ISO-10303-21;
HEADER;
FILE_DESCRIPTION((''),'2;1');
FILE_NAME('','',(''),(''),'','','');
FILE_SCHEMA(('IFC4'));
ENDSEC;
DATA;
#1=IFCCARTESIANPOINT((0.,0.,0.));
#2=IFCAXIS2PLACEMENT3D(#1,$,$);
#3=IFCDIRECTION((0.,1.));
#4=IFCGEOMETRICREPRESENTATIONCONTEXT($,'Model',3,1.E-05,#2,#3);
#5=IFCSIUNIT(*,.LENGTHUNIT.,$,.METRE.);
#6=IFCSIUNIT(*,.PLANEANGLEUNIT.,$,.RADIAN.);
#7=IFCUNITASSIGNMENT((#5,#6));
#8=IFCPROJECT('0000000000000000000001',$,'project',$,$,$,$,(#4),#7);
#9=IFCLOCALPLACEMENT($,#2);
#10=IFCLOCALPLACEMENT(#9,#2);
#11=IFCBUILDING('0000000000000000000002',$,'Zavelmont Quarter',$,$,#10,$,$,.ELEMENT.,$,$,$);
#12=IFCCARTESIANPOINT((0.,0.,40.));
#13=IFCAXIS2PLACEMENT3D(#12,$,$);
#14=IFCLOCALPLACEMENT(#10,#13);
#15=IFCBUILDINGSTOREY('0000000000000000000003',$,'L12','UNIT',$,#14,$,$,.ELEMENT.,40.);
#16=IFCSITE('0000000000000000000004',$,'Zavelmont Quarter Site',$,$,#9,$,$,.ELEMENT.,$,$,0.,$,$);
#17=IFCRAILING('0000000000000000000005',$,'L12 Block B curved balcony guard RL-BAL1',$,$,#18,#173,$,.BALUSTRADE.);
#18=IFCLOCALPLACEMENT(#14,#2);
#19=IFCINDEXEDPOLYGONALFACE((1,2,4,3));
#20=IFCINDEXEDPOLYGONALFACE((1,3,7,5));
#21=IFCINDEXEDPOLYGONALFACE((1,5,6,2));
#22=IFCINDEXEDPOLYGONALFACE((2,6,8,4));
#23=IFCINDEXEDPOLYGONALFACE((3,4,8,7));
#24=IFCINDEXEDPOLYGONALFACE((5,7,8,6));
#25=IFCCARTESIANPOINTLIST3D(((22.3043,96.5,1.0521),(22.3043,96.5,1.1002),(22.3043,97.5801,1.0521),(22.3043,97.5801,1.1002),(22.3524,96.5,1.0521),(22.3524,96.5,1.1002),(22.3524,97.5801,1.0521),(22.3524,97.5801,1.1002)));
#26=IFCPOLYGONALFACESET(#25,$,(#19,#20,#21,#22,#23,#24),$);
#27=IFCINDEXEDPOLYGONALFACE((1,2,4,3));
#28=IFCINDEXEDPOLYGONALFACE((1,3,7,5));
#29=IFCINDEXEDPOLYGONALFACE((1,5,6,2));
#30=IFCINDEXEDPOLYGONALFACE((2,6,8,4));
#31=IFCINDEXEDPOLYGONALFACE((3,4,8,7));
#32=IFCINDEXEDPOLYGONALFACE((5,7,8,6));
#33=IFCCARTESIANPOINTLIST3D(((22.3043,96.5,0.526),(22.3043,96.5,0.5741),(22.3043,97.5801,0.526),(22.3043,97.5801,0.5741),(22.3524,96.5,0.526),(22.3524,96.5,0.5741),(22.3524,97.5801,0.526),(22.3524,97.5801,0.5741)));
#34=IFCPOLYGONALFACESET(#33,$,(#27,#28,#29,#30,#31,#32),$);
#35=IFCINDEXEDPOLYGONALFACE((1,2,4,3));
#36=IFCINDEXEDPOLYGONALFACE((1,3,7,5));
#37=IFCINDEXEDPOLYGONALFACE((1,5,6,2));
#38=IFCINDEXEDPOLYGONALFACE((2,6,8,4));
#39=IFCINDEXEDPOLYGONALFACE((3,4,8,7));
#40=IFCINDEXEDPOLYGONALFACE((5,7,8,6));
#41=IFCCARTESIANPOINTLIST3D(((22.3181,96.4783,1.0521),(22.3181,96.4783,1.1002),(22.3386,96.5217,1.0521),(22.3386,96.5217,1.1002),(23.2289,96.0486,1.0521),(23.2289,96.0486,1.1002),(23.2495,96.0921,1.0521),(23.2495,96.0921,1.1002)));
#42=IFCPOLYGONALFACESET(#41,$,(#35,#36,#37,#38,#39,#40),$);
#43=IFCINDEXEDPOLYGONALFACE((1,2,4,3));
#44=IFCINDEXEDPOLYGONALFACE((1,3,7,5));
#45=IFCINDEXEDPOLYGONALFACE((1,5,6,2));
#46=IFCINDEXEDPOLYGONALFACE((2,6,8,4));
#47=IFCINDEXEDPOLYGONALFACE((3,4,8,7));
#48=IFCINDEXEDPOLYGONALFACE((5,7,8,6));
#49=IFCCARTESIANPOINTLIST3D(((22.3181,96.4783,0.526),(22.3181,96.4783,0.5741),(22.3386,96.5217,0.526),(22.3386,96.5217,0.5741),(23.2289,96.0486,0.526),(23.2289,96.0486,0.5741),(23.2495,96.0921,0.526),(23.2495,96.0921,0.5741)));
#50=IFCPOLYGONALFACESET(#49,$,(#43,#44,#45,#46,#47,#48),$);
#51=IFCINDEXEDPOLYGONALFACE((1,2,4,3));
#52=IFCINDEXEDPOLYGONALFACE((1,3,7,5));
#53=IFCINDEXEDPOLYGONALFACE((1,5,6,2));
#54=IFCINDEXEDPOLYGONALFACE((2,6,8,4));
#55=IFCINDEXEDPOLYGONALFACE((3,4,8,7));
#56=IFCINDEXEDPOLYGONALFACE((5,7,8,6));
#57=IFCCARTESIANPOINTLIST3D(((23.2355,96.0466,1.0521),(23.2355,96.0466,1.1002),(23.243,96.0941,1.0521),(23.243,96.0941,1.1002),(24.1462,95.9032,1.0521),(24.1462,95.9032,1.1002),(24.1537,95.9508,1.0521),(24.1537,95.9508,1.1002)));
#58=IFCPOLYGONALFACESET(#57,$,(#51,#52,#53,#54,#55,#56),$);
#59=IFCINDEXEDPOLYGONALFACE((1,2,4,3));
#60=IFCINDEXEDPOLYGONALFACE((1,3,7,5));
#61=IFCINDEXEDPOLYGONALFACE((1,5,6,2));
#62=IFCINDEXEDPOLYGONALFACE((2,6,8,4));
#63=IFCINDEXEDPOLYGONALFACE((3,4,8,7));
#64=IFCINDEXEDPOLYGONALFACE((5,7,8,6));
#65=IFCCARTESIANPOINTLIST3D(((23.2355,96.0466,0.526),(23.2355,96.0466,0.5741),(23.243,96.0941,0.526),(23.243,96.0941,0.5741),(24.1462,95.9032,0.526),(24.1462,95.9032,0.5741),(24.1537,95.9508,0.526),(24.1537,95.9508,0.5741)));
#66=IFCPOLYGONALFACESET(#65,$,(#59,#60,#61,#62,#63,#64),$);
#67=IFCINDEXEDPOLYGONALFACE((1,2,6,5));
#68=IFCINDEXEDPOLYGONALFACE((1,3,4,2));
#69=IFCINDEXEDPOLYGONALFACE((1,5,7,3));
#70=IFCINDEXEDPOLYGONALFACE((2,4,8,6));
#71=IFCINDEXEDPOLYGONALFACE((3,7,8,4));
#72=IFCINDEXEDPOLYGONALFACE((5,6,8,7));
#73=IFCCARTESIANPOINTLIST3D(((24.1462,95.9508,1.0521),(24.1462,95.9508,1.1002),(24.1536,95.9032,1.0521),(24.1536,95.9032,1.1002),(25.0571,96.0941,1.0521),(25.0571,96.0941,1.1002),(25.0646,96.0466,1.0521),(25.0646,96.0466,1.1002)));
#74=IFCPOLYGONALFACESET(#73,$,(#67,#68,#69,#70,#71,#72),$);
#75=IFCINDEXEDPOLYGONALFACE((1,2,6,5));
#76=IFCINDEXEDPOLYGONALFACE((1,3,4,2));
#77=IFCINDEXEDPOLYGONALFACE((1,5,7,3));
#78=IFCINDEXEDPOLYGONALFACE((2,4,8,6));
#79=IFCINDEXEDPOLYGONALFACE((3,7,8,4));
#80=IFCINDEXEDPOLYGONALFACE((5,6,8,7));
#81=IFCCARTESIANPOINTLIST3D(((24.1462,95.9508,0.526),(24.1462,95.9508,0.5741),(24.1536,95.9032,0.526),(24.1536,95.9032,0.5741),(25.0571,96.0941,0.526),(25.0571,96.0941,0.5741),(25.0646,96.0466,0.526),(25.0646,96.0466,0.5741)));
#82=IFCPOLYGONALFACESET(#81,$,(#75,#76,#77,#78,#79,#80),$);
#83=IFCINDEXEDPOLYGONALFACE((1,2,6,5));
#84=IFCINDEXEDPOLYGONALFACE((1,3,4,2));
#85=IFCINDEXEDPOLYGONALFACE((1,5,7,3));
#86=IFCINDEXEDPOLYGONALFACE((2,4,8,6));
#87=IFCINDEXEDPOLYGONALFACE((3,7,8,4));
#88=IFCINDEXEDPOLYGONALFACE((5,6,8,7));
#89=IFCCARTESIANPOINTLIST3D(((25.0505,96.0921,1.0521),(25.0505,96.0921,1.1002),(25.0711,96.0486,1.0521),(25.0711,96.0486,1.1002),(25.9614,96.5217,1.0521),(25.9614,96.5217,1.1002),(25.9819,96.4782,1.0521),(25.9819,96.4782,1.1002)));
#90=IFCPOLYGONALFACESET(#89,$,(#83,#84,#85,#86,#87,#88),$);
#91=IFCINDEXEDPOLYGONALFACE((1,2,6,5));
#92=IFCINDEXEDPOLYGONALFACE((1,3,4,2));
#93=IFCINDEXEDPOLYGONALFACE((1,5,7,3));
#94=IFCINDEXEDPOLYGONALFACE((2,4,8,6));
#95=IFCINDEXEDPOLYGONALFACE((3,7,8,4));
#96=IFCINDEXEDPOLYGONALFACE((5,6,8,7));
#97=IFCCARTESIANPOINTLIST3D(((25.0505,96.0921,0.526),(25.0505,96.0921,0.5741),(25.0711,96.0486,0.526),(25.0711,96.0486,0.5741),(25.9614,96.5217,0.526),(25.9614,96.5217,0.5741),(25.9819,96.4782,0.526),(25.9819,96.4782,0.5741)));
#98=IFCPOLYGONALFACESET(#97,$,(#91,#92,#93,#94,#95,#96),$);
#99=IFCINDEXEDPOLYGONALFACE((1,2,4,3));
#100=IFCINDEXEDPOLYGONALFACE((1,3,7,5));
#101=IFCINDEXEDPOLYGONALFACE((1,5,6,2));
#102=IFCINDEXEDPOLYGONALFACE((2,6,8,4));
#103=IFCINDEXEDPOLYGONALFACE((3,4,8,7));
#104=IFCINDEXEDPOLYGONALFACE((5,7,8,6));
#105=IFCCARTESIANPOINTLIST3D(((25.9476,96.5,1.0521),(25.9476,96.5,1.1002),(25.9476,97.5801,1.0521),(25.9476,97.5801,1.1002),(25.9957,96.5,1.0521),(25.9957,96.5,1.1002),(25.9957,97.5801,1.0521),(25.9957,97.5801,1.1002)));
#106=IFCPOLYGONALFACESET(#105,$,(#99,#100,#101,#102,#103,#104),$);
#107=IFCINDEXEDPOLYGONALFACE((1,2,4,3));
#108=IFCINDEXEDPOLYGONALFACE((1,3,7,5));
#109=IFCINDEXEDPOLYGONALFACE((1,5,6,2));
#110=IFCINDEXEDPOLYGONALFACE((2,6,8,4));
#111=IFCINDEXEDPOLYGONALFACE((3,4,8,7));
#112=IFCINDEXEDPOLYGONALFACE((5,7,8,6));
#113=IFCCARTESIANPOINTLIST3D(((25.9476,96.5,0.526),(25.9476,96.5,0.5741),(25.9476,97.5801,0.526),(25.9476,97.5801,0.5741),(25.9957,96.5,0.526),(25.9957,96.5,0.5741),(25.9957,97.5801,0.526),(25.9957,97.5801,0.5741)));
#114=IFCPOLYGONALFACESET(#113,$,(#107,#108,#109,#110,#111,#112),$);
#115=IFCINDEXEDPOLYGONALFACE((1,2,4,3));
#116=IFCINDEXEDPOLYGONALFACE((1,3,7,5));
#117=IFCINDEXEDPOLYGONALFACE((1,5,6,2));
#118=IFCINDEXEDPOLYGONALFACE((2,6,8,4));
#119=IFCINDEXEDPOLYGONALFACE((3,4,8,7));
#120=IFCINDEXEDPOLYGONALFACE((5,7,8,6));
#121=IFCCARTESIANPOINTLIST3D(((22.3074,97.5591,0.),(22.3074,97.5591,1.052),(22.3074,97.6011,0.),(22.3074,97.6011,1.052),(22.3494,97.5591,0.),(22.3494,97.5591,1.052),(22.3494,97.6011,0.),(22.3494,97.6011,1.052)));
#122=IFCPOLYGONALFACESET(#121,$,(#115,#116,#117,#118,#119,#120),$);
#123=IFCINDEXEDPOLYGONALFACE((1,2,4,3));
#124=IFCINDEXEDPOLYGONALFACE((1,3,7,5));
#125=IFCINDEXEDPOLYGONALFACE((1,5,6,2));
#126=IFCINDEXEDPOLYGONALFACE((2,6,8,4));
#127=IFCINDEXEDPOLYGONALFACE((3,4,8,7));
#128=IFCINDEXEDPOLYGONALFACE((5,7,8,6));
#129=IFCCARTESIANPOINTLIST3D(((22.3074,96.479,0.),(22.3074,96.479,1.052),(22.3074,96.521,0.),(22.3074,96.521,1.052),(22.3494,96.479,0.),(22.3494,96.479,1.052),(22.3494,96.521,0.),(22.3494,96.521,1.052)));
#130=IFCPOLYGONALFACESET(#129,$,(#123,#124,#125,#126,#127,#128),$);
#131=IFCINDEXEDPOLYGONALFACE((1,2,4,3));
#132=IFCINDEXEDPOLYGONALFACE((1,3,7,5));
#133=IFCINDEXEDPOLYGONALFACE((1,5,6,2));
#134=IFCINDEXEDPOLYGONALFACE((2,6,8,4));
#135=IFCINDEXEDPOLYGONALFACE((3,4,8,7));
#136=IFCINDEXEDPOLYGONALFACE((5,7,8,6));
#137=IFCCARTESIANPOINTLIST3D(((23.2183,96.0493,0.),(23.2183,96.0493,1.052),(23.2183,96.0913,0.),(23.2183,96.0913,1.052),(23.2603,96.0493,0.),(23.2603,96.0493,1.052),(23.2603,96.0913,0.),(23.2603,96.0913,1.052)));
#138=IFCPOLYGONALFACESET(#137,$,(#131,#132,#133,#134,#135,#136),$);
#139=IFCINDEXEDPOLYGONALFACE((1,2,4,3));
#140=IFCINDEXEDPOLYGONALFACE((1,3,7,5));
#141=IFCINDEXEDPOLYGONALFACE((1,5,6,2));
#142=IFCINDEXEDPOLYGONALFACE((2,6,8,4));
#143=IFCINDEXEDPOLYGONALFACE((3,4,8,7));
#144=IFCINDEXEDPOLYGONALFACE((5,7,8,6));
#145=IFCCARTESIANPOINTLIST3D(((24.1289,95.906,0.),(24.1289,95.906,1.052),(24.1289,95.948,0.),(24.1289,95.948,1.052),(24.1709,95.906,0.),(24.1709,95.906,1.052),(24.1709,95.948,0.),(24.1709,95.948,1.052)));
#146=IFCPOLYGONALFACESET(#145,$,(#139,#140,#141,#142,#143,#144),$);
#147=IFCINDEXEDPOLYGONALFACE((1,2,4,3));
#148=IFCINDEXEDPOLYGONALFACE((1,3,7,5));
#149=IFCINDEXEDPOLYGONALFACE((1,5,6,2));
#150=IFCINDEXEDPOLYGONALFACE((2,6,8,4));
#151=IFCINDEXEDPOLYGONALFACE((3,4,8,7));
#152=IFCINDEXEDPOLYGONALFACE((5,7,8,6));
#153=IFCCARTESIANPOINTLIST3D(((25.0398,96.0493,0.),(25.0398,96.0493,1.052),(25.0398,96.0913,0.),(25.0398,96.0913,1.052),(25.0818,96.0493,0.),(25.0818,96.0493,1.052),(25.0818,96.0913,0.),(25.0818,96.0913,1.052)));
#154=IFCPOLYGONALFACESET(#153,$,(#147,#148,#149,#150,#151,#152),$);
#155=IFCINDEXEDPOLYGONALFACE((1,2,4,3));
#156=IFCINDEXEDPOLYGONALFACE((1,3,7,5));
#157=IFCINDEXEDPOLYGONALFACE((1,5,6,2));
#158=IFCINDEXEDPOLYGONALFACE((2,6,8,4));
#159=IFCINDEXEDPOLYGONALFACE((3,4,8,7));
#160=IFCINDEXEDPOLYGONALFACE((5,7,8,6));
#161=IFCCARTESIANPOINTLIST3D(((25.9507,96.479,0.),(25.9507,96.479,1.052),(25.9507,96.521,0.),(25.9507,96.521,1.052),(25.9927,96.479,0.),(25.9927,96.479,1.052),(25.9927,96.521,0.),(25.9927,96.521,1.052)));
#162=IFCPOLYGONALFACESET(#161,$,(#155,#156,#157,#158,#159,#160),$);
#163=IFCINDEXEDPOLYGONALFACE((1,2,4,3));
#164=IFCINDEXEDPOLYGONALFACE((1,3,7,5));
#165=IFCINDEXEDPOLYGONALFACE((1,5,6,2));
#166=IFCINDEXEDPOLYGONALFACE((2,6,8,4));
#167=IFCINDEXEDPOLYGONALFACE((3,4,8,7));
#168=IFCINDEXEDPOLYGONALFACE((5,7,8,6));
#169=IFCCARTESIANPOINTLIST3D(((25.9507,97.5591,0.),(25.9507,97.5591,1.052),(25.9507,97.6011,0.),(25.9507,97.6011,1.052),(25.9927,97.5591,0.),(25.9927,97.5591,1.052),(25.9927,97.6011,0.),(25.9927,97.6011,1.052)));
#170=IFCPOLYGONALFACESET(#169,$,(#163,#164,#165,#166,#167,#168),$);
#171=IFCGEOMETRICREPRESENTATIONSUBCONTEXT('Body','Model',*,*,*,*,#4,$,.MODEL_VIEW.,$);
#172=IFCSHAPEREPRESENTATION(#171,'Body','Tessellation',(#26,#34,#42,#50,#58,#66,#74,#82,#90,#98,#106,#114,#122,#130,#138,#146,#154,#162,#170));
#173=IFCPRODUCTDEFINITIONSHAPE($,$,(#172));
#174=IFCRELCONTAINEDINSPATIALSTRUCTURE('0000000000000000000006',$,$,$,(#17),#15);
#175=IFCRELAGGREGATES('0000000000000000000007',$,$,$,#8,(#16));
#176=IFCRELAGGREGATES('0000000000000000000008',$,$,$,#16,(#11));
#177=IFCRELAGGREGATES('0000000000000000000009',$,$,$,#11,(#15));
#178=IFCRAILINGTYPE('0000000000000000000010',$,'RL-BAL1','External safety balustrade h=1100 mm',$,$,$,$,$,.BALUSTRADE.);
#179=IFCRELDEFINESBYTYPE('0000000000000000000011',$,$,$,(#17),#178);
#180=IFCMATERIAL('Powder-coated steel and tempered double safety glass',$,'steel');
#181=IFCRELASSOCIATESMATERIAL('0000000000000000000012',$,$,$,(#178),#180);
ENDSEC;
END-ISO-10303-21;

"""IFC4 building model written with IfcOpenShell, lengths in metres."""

from ifc_helpers import new_model, si_unit, direction, frame, origin, origin_2d, place, context, subcontext, project, spatial, rectangle, extrude, material, type_object, element, save


model = new_model("IFC4")

# Units and contexts
model_context = context("Model", 3, precision=1e-05, world=origin(), true_north=direction((0.0, 1.0)))
body_context = subcontext(model_context, "Body", "Model", "MODEL_VIEW")
ifc_project = project(units=[si_unit("LENGTHUNIT", "METRE"), si_unit("PLANEANGLEUNIT", "RADIAN")], contexts=[model_context])

# Site, building, storey
site_placement = place(None, origin())
site = spatial("IfcSite", under=ifc_project, at=site_placement, Name="Zavelmont Quarter Site", CompositionType="ELEMENT", RefElevation=0.0)
building_placement = place(site_placement, origin())
building = spatial("IfcBuilding", under=site, at=building_placement, Name="Zavelmont Quarter", CompositionType="ELEMENT")
storey_placement = place(building_placement, frame((0.0, 0.0, 40.0)))
storey = spatial("IfcBuildingStorey", under=building, at=storey_placement, Name="L12", Description="UNIT", CompositionType="ELEMENT", Elevation=40.0)

# Railing
ifc_material_1 = material(Name="Powder-coated steel and tempered double safety glass", Category="steel")
railing_type = type_object("IfcRailingType", Name="RL-BAL1", Description="External safety balustrade h=1100 mm", PredefinedType="BALUSTRADE", material=ifc_material_1)
railing_placement = place(storey_placement, frame((22.3284, 97.5801, 0.0)))
element("IfcRailing", 1, at=railing_placement, inside=storey, type_object=railing_type, Name="L12 Block B curved balcony guard RL-BAL1", PredefinedType="BALUSTRADE", context=body_context, shape_type="SweptSolid", body=[
    extrude(rectangle(XDim=0.0481, YDim=0.0481, at=origin_2d()), frame((0.0, 0.0, 1.0762), z_axis=(0.0, -1.0, 0.0), x_axis=(1.0, 0.0, 0.0)), (0.0, 0.0, 1.0), 1.0801),
    extrude(rectangle(XDim=0.0481, YDim=0.0481, at=origin_2d()), frame((0.0, 0.0, 0.55), z_axis=(0.0, -1.0, 0.0), x_axis=(1.0, 0.0, 0.0)), (0.0, 0.0, 1.0), 1.0801),
    extrude(rectangle(XDim=0.0481, YDim=0.0481, at=origin_2d()), frame((0.0, -1.0801, 1.0762), z_axis=(0.904423, -0.426637, 0.0), x_axis=(0.426637, 0.904423, 0.0)), (0.0, 0.0, 1.0), 1.0071),
    extrude(rectangle(XDim=0.0481, YDim=0.0481, at=origin_2d()), frame((0.0, -1.0801, 0.55), z_axis=(0.904423, -0.426637, 0.0), x_axis=(0.426637, 0.904423, 0.0)), (0.0, 0.0, 1.0), 1.0071),
    extrude(rectangle(XDim=0.0481, YDim=0.0481, at=origin_2d()), frame((0.9109, -1.5098, 1.0762), z_axis=(0.987842, -0.155459, 0.0), x_axis=(0.155459, 0.987842, 0.0)), (0.0, 0.0, 1.0), 0.9219),
    extrude(rectangle(XDim=0.0481, YDim=0.0481, at=origin_2d()), frame((0.9109, -1.5098, 0.55), z_axis=(0.987842, -0.155459, 0.0), x_axis=(0.155459, 0.987842, 0.0)), (0.0, 0.0, 1.0), 0.9219),
    extrude(rectangle(XDim=0.0481, YDim=0.0481, at=origin_2d()), frame((1.8215, -1.6531, 1.0762), z_axis=(0.987849, 0.155419, 0.0), x_axis=(-0.155419, 0.987849, 0.0)), (0.0, 0.0, 1.0), 0.9221),
    extrude(rectangle(XDim=0.0481, YDim=0.0481, at=origin_2d()), frame((1.8215, -1.6531, 0.55), z_axis=(0.987849, 0.155419, 0.0), x_axis=(-0.155419, 0.987849, 0.0)), (0.0, 0.0, 1.0), 0.9221),
    extrude(rectangle(XDim=0.0481, YDim=0.0481, at=origin_2d()), frame((2.7324, -1.5098, 1.0762), z_axis=(0.904423, 0.426637, 0.0), x_axis=(-0.426637, 0.904423, 0.0)), (0.0, 0.0, 1.0), 1.0071),
    extrude(rectangle(XDim=0.0481, YDim=0.0481, at=origin_2d()), frame((2.7324, -1.5098, 0.55), z_axis=(0.904423, 0.426637, 0.0), x_axis=(-0.426637, 0.904423, 0.0)), (0.0, 0.0, 1.0), 1.0071),
    extrude(rectangle(XDim=0.0481, YDim=0.0481, at=origin_2d()), frame((3.6433, -1.0801, 1.0762), z_axis=(0.0, 1.0, 0.0), x_axis=(-1.0, 0.0, 0.0)), (0.0, 0.0, 1.0), 1.0801),
    extrude(rectangle(XDim=0.0481, YDim=0.0481, at=origin_2d()), frame((3.6433, -1.0801, 0.55), z_axis=(0.0, 1.0, 0.0), x_axis=(-1.0, 0.0, 0.0)), (0.0, 0.0, 1.0), 1.0801),
    extrude(rectangle(XDim=0.042, YDim=0.042, at=origin_2d()), origin(), (0.0, 0.0, 1.0), 1.052),
    extrude(rectangle(XDim=0.042, YDim=0.042, at=origin_2d()), frame((0.0, -1.0801, 0.0)), (0.0, 0.0, 1.0), 1.052),
    extrude(rectangle(XDim=0.042, YDim=0.042, at=origin_2d()), frame((0.9109, -1.5098, 0.0)), (0.0, 0.0, 1.0), 1.052),
    extrude(rectangle(XDim=0.042, YDim=0.042, at=origin_2d()), frame((1.8215, -1.6531, 0.0)), (0.0, 0.0, 1.0), 1.052),
    extrude(rectangle(XDim=0.042, YDim=0.042, at=origin_2d()), frame((2.7324, -1.5098, 0.0)), (0.0, 0.0, 1.0), 1.052),
    extrude(rectangle(XDim=0.042, YDim=0.042, at=origin_2d()), frame((3.6433, -1.0801, 0.0)), (0.0, 0.0, 1.0), 1.052),
    extrude(rectangle(XDim=0.042, YDim=0.042, at=origin_2d()), frame((3.6433, 0.0, 0.0)), (0.0, 0.0, 1.0), 1.052),
])

save(model, "model.ifc")
